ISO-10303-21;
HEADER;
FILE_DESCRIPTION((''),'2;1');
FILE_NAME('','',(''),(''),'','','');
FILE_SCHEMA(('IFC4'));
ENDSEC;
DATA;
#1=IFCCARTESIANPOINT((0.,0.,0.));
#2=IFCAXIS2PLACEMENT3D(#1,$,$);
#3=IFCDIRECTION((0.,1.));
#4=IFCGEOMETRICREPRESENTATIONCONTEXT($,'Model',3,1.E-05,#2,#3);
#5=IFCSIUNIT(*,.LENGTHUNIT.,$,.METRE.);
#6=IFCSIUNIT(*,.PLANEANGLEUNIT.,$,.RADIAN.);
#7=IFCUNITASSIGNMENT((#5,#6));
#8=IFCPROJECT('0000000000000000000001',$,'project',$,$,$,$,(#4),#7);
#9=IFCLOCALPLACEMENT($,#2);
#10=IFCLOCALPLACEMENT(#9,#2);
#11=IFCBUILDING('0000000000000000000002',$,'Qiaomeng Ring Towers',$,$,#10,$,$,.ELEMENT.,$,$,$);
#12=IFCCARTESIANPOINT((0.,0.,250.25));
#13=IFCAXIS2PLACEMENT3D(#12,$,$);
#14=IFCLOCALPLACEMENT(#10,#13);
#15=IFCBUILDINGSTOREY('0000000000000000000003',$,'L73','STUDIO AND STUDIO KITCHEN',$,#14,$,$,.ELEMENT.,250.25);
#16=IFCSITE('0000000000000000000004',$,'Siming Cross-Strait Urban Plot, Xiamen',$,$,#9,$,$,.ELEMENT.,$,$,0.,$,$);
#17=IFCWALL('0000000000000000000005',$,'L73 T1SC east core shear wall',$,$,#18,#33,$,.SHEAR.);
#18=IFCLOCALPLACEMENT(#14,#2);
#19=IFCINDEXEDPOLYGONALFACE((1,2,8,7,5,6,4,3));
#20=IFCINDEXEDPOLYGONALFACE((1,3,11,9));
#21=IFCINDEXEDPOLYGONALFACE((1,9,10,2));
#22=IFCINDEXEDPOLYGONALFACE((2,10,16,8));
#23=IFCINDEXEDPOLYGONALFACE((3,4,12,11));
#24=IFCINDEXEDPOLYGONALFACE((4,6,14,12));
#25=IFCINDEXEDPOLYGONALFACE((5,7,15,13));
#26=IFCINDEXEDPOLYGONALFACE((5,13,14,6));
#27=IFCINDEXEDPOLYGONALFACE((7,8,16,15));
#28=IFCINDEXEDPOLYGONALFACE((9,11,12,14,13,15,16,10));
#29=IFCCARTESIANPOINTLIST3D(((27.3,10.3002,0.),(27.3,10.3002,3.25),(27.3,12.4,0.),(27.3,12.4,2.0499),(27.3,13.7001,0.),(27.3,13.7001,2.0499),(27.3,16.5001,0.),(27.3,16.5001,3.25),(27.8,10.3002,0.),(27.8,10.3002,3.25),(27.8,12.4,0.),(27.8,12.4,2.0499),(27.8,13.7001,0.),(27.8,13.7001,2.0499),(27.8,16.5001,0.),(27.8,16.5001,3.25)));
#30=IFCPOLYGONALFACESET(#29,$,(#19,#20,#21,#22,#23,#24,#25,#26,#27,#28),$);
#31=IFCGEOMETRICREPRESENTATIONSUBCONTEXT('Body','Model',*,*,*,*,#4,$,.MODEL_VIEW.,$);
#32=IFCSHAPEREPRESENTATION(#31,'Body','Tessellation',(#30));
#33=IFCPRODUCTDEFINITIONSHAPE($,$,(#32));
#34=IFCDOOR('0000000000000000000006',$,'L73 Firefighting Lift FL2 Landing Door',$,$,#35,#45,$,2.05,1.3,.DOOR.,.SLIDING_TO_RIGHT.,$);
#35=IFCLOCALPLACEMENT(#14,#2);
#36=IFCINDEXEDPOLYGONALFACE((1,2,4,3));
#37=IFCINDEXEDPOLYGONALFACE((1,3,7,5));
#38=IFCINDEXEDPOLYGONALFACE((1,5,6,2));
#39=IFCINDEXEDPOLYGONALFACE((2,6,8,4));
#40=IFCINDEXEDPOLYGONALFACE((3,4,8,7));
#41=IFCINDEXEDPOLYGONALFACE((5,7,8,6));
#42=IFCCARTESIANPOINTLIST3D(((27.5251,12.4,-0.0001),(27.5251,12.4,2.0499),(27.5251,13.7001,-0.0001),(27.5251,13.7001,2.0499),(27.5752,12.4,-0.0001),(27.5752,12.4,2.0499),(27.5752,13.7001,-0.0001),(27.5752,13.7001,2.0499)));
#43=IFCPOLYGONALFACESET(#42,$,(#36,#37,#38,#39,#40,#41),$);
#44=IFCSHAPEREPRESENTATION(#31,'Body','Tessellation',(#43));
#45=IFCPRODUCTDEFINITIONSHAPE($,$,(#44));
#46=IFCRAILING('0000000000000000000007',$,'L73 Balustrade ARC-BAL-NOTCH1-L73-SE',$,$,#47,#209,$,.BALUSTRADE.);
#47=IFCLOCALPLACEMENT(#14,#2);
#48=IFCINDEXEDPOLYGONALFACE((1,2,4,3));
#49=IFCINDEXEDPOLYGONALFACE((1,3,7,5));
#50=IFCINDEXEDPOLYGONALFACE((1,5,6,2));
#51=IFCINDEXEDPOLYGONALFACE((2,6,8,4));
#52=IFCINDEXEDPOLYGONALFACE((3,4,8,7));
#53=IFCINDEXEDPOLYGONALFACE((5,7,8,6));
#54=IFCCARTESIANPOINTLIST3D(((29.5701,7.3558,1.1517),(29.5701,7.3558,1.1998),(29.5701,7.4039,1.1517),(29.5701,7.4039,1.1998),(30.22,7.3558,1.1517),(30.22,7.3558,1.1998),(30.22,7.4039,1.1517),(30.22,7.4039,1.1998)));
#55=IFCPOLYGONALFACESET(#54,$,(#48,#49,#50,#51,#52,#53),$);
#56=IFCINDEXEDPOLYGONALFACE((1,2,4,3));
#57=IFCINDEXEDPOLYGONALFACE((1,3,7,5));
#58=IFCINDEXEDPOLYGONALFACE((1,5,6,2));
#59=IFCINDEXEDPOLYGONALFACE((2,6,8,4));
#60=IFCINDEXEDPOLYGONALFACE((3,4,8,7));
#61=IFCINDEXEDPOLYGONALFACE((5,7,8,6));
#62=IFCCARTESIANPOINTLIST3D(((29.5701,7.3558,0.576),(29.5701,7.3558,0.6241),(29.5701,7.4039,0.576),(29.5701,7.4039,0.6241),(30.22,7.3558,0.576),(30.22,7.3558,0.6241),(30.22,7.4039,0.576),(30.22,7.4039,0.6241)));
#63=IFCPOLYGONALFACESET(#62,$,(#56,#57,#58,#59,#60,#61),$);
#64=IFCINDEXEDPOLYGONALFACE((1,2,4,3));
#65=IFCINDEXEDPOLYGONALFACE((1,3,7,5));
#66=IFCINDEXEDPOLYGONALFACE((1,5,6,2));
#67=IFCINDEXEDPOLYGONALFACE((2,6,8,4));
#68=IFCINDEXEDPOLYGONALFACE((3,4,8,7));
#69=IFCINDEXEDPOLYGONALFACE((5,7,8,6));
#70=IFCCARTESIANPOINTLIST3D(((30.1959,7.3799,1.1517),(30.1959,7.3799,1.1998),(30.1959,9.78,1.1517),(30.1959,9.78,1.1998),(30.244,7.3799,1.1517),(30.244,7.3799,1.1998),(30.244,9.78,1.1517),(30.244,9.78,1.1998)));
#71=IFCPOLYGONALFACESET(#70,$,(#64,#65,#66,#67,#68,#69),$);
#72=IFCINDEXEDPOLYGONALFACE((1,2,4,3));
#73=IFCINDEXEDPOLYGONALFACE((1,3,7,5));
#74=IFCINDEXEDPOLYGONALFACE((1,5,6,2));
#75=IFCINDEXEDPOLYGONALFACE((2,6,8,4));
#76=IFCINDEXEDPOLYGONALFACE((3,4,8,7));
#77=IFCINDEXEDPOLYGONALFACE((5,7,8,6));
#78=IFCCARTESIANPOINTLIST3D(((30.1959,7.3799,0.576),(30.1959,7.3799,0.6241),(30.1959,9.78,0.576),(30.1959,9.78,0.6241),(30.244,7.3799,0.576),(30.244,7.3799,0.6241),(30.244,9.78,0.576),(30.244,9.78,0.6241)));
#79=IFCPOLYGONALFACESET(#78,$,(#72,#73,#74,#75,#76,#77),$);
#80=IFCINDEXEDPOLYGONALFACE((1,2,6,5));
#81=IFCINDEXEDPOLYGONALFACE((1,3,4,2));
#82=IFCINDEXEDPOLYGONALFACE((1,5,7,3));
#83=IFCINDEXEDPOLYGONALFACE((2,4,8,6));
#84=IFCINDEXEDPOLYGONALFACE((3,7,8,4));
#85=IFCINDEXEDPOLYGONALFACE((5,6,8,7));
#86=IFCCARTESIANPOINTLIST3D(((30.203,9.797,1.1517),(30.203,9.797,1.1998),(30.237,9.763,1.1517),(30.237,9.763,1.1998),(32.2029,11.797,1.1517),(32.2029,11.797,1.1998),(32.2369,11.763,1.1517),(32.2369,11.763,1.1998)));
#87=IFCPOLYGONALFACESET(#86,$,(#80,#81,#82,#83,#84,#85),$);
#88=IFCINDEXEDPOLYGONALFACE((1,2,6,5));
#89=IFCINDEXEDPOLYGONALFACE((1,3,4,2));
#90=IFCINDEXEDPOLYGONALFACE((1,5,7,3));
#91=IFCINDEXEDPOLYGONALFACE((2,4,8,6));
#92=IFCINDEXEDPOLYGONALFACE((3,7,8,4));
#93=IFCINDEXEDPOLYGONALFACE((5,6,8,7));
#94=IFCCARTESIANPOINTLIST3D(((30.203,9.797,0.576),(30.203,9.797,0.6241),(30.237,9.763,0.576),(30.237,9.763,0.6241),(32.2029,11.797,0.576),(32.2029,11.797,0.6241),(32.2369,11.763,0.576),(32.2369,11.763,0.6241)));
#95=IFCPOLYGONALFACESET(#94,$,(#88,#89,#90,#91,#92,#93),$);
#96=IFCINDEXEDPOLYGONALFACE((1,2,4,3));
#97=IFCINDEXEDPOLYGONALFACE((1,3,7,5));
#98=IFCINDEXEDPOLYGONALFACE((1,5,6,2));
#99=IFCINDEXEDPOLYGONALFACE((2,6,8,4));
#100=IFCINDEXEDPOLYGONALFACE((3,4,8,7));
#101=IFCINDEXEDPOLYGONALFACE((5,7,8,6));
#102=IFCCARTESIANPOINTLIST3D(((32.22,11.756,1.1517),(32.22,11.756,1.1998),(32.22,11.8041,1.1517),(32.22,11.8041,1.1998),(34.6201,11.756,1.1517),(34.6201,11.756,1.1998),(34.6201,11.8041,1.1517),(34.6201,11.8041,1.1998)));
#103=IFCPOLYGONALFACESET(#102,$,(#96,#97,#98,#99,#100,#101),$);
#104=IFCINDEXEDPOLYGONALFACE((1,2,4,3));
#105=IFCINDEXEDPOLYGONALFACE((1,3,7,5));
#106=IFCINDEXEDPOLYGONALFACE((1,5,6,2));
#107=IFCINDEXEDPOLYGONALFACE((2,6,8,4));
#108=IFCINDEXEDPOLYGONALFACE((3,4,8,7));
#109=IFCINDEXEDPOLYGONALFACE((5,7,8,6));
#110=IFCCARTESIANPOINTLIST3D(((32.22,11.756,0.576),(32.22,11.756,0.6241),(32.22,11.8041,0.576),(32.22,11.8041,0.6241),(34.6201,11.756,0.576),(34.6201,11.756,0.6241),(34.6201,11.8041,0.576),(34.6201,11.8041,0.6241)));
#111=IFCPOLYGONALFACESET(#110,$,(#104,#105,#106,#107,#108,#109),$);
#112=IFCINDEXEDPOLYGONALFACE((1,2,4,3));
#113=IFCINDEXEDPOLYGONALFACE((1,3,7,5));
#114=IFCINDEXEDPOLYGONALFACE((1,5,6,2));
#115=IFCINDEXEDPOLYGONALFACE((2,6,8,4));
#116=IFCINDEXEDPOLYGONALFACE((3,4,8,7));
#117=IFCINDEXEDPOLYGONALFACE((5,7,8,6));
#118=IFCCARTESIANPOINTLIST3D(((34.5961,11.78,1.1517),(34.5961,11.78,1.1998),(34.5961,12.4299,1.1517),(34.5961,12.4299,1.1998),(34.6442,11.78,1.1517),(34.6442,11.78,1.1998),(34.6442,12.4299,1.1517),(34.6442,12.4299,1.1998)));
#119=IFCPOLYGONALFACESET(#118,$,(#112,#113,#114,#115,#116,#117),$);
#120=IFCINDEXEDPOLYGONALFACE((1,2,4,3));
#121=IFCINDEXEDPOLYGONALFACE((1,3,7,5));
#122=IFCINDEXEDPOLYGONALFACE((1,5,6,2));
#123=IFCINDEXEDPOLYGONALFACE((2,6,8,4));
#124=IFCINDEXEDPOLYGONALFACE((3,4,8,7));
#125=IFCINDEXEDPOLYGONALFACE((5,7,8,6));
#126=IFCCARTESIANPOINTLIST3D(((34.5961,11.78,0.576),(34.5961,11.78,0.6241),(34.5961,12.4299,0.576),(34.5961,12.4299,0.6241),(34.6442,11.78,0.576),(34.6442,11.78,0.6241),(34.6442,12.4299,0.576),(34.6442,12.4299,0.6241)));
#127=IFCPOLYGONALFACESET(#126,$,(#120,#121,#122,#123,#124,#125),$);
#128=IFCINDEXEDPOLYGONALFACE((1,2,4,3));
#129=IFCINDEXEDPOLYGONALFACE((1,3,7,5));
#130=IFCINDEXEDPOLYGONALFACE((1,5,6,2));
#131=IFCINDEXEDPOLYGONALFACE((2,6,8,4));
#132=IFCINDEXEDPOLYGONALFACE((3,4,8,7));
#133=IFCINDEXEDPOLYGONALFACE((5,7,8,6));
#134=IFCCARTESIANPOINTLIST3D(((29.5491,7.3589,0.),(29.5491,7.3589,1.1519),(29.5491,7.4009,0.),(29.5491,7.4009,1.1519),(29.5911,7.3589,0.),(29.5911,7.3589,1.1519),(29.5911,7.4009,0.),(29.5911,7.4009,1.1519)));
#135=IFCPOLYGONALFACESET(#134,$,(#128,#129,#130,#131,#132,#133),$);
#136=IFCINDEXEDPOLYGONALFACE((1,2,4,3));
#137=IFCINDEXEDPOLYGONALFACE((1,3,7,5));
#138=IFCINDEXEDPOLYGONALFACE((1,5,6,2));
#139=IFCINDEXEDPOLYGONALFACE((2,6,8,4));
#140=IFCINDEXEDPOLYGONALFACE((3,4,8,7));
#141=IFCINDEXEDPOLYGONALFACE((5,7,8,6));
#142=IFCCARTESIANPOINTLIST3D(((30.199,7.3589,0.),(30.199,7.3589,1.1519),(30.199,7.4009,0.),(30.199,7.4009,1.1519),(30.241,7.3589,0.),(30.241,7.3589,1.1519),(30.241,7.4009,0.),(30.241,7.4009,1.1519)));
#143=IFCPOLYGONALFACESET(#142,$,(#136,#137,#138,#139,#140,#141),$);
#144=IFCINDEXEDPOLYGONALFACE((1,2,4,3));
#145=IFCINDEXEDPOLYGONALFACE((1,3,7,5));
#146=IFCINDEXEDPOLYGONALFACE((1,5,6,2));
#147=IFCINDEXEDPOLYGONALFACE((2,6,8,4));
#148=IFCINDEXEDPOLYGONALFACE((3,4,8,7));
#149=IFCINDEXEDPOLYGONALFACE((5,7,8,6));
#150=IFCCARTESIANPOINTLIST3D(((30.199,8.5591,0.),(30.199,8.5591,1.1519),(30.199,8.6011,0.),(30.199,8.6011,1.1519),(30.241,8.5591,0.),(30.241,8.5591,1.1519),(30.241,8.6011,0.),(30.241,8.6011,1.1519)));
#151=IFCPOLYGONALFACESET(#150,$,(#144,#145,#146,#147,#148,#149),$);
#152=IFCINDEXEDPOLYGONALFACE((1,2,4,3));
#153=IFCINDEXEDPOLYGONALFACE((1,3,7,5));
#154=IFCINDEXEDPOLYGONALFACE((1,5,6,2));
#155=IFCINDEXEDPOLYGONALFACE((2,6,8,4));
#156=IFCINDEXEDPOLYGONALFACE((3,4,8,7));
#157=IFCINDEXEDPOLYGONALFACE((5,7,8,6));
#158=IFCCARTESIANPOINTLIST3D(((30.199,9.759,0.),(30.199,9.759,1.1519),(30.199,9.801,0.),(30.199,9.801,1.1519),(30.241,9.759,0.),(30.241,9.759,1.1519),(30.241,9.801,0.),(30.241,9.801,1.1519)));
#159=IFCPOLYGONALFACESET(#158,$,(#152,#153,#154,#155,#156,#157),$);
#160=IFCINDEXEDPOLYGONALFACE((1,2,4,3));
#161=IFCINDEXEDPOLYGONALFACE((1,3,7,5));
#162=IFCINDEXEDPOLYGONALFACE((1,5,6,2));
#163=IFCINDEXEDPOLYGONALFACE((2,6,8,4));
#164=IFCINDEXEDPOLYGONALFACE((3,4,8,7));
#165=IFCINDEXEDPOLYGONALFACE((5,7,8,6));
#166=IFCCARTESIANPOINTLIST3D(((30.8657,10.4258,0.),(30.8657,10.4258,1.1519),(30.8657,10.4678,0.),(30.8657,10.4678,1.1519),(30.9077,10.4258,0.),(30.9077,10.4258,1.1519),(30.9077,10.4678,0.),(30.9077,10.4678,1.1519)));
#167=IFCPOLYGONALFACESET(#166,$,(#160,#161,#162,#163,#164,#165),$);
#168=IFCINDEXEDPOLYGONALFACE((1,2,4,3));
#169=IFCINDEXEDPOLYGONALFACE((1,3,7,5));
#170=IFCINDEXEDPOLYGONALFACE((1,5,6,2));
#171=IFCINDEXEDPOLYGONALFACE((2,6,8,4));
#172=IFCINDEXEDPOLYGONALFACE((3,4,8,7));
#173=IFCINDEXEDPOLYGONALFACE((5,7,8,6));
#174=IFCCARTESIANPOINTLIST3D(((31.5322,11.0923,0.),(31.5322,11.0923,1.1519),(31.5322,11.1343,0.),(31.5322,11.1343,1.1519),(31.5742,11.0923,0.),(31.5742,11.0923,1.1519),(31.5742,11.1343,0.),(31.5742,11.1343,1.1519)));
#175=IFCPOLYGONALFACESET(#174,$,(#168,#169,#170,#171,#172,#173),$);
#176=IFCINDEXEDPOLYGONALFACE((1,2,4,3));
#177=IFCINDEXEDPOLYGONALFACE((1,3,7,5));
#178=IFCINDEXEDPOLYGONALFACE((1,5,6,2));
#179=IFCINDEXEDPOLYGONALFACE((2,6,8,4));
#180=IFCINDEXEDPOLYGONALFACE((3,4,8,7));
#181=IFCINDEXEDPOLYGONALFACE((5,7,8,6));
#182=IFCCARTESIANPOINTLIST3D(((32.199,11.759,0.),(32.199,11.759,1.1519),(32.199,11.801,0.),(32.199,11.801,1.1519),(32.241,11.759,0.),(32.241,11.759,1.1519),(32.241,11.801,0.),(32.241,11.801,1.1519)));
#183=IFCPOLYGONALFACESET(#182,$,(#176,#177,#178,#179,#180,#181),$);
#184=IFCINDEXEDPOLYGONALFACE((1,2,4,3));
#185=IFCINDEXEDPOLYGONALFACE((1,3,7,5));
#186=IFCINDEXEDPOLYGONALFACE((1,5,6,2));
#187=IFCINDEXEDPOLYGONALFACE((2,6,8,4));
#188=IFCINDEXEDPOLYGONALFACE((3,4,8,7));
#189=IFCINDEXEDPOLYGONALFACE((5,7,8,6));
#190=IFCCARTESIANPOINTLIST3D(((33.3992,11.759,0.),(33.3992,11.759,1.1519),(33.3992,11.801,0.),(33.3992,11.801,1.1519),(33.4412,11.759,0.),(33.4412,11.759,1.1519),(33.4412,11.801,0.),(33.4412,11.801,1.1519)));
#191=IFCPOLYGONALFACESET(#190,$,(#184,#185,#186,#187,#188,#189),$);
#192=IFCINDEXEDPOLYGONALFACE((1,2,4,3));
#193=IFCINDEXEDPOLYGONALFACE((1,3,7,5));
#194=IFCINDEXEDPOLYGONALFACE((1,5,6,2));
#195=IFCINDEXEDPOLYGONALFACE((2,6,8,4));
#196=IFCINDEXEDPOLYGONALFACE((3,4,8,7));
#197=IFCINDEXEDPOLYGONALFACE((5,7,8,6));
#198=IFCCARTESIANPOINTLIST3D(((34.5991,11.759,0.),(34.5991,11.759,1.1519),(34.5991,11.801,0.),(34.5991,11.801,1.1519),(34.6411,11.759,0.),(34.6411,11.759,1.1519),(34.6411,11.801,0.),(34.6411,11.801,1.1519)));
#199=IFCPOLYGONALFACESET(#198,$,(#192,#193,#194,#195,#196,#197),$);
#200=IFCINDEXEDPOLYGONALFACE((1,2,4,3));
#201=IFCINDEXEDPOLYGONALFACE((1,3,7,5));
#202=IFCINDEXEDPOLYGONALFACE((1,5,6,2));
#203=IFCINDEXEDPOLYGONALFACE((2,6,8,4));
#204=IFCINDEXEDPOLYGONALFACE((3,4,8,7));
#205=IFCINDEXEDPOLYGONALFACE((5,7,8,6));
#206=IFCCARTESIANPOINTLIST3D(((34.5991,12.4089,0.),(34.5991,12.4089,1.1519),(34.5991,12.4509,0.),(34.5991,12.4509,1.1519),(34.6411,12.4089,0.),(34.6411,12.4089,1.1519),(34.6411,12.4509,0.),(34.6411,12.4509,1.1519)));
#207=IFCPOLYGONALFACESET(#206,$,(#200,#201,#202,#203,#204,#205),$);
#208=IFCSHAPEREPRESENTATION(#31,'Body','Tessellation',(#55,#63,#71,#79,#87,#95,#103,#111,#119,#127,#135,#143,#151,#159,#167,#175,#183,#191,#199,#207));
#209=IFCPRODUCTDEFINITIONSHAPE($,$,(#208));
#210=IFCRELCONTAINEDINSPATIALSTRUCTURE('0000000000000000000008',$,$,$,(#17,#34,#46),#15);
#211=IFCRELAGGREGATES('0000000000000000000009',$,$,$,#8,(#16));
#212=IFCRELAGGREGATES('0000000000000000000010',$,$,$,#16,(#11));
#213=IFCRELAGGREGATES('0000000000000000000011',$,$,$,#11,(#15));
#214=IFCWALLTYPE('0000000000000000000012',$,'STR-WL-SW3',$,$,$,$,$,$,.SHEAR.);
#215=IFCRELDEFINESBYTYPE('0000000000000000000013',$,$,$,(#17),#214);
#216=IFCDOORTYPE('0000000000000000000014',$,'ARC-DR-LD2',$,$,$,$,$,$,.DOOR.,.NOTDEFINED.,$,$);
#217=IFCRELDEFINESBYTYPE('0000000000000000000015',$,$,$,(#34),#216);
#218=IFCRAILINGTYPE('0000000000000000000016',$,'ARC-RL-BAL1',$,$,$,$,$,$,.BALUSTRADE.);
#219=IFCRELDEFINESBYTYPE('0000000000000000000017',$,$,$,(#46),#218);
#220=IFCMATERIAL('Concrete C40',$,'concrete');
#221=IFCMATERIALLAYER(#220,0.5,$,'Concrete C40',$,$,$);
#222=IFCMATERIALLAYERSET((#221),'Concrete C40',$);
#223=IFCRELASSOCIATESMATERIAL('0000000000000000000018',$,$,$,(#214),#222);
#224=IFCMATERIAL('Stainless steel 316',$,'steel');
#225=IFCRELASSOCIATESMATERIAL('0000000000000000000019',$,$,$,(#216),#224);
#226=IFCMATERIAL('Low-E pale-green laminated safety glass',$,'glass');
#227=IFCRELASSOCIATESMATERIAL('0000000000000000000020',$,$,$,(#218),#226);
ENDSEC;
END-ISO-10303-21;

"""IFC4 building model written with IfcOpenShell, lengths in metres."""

from ifc_helpers import new_model, si_unit, direction, frame, frame_2d, origin, origin_2d, place, context, subcontext, project, spatial, rectangle, extrude, source, transform, mapped, material, layer, layer_set, type_object, element, fill, save


model = new_model("IFC4")

# Units and contexts
model_context = context("Model", 3, precision=1e-05, world=origin(), true_north=direction((0.0, 1.0)))
body_context = subcontext(model_context, "Body", "Model", "MODEL_VIEW")
ifc_project = project(units=[si_unit("LENGTHUNIT", "METRE"), si_unit("PLANEANGLEUNIT", "RADIAN")], contexts=[model_context])

# Site, building, storey
site_placement = place(None, origin())
site = spatial("IfcSite", under=ifc_project, at=site_placement, Name="Siming Cross-Strait Urban Plot, Xiamen", CompositionType="ELEMENT", RefElevation=0.0)
building_placement = place(site_placement, origin())
building = spatial("IfcBuilding", under=site, at=building_placement, Name="Qiaomeng Ring Towers", CompositionType="ELEMENT")
storey_placement = place(building_placement, frame((0.0, 0.0, 250.25)))
storey = spatial("IfcBuildingStorey", under=building, at=storey_placement, Name="L73", Description="STUDIO AND STUDIO KITCHEN", CompositionType="ELEMENT", Elevation=250.25)

# Shared definitions
ifc_material_1 = material(Name="Concrete C40", Category="concrete")

# Wall, opening, door
ifc_layer_1 = layer(ifc_material_1, 0.5, Name="Concrete C40")
ifc_layer_set_1 = layer_set([ifc_layer_1], Name="Concrete C40")
wall_type_1 = type_object("IfcWallType", Name="STR-WL-SW3", PredefinedType="SHEAR", material=ifc_layer_set_1)
wall_1_placement = place(storey_placement, frame((27.55, 10.3, 0.0), z_axis=(0.0, 0.0, 1.0), x_axis=(0.0, 1.0, 0.0)))
wall_1 = element("IfcWall", 1, at=wall_1_placement, inside=storey, type_object=wall_type_1, Name="L73 T1SC east core shear wall", PredefinedType="SHEAR", context=body_context, shape_type="SweptSolid", body=[
    extrude(rectangle(XDim=6.2, YDim=0.5, at=frame_2d((3.1001, 0.0))), origin(), (0.0, 0.0, 1.0), 3.25),
])
opening_1_placement = place(wall_1_placement, frame((2.1001, 0.0, 0.0)))
opening_1 = element("IfcOpeningElement", 2, at=opening_1_placement, cuts=wall_1, PredefinedType="OPENING", context=body_context, shape_type="SweptSolid", body=[
    extrude(rectangle(XDim=1.3, YDim=2.05, at=frame_2d((0.6499, 1.0249))), frame((0.0, 0.26, 0.0), z_axis=(0.0, -1.0, 0.0), x_axis=(1.0, 0.0, 0.0)), (0.0, 0.0, 1.0), 0.52),
])
ifc_material_2 = material(Name="Stainless steel 316", Category="steel")
door_type_1 = type_object("IfcDoorType", Name="ARC-DR-LD2", OperationType="NOTDEFINED", PredefinedType="DOOR", material=ifc_material_2)
shared_shape_1 = source(origin(), body_context, "Body", "SweptSolid", [
    extrude(rectangle(XDim=1.3, YDim=2.05, at=frame_2d((0.6499, 1.0249))), frame((0.0, 0.0249, 0.0), z_axis=(0.0, -1.0, 0.0), x_axis=(1.0, 0.0, 0.0)), (0.0, 0.0, 1.0), 0.05),
])
door_1_placement = place(opening_1_placement, origin())
door_1 = element("IfcDoor", 3, at=door_1_placement, inside=storey, type_object=door_type_1, Name="L73 Firefighting Lift FL2 Landing Door", OperationType="SLIDING_TO_RIGHT", OverallHeight=2.05, OverallWidth=1.3, PredefinedType="DOOR", context=body_context, shape_type="MappedRepresentation", body=[
    mapped(shared_shape_1, transform((0.0, 0.0, 0.0), x_axis=(1.0, 0.0, 0.0), y_axis=(0.0, 1.0, 0.0), z_axis=(0.0, 0.0, 1.0), scale=1.0)),
])
fill(opening_1, door_1)

# Railing
ifc_material_3 = material(Name="Low-E pale-green laminated safety glass", Category="glass")
railing_type = type_object("IfcRailingType", Name="ARC-RL-BAL1", PredefinedType="BALUSTRADE", material=ifc_material_3)
railing_placement = place(storey_placement, frame((29.5701, 7.3799, 0.0)))
element("IfcRailing", 4, at=railing_placement, inside=storey, type_object=railing_type, Name="L73 Balustrade ARC-BAL-NOTCH1-L73-SE", PredefinedType="BALUSTRADE", context=body_context, shape_type="SweptSolid", body=[
    extrude(rectangle(XDim=0.0481, YDim=0.0481, at=origin_2d()), frame((0.0, 0.0, 1.1758), z_axis=(1.0, 0.0, 0.0), x_axis=(0.0, 1.0, 0.0)), (0.0, 0.0, 1.0), 0.6499),
    extrude(rectangle(XDim=0.0481, YDim=0.0481, at=origin_2d()), frame((0.0, 0.0, 0.6001), z_axis=(1.0, 0.0, 0.0), x_axis=(0.0, 1.0, 0.0)), (0.0, 0.0, 1.0), 0.6499),
    extrude(rectangle(XDim=0.0481, YDim=0.0481, at=origin_2d()), frame((0.6499, 0.0, 1.1758), z_axis=(0.0, 1.0, 0.0), x_axis=(-1.0, 0.0, 0.0)), (0.0, 0.0, 1.0), 2.4001),
    extrude(rectangle(XDim=0.0481, YDim=0.0481, at=origin_2d()), frame((0.6499, 0.0, 0.6001), z_axis=(0.0, 1.0, 0.0), x_axis=(-1.0, 0.0, 0.0)), (0.0, 0.0, 1.0), 2.4001),
    extrude(rectangle(XDim=0.0481, YDim=0.0481, at=origin_2d()), frame((0.6499, 2.4001, 1.1758), z_axis=(0.707107, 0.707107, 0.0), x_axis=(-0.707107, 0.707107, 0.0)), (0.0, 0.0, 1.0), 2.8284),
    extrude(rectangle(XDim=0.0481, YDim=0.0481, at=origin_2d()), frame((0.6499, 2.4001, 0.6001), z_axis=(0.707107, 0.707107, 0.0), x_axis=(-0.707107, 0.707107, 0.0)), (0.0, 0.0, 1.0), 2.8284),
    extrude(rectangle(XDim=0.0481, YDim=0.0481, at=origin_2d()), frame((2.6499, 4.4001, 1.1758), z_axis=(1.0, 0.0, 0.0), x_axis=(0.0, 1.0, 0.0)), (0.0, 0.0, 1.0), 2.4001),
    extrude(rectangle(XDim=0.0481, YDim=0.0481, at=origin_2d()), frame((2.6499, 4.4001, 0.6001), z_axis=(1.0, 0.0, 0.0), x_axis=(0.0, 1.0, 0.0)), (0.0, 0.0, 1.0), 2.4001),
    extrude(rectangle(XDim=0.0481, YDim=0.0481, at=origin_2d()), frame((5.05, 4.4001, 1.1758), z_axis=(0.0, 1.0, 0.0), x_axis=(-1.0, 0.0, 0.0)), (0.0, 0.0, 1.0), 0.6499),
    extrude(rectangle(XDim=0.0481, YDim=0.0481, at=origin_2d()), frame((5.05, 4.4001, 0.6001), z_axis=(0.0, 1.0, 0.0), x_axis=(-1.0, 0.0, 0.0)), (0.0, 0.0, 1.0), 0.6499),
    extrude(rectangle(XDim=0.042, YDim=0.042, at=origin_2d()), origin(), (0.0, 0.0, 1.0), 1.1519),
    extrude(rectangle(XDim=0.042, YDim=0.042, at=origin_2d()), frame((0.6499, 0.0, 0.0)), (0.0, 0.0, 1.0), 1.1519),
    extrude(rectangle(XDim=0.042, YDim=0.042, at=origin_2d()), frame((0.6499, 1.2002, 0.0)), (0.0, 0.0, 1.0), 1.1519),
    extrude(rectangle(XDim=0.042, YDim=0.042, at=origin_2d()), frame((0.6499, 2.4001, 0.0)), (0.0, 0.0, 1.0), 1.1519),
    extrude(rectangle(XDim=0.042, YDim=0.042, at=origin_2d()), frame((1.3167, 3.0669, 0.0)), (0.0, 0.0, 1.0), 1.1519),
    extrude(rectangle(XDim=0.042, YDim=0.042, at=origin_2d()), frame((1.9832, 3.7334, 0.0)), (0.0, 0.0, 1.0), 1.1519),
    extrude(rectangle(XDim=0.042, YDim=0.042, at=origin_2d()), frame((2.6499, 4.4001, 0.0)), (0.0, 0.0, 1.0), 1.1519),
    extrude(rectangle(XDim=0.042, YDim=0.042, at=origin_2d()), frame((3.8501, 4.4001, 0.0)), (0.0, 0.0, 1.0), 1.1519),
    extrude(rectangle(XDim=0.042, YDim=0.042, at=origin_2d()), frame((5.05, 4.4001, 0.0)), (0.0, 0.0, 1.0), 1.1519),
    extrude(rectangle(XDim=0.042, YDim=0.042, at=origin_2d()), frame((5.05, 5.05, 0.0)), (0.0, 0.0, 1.0), 1.1519),
])

save(model, "model.ifc")
